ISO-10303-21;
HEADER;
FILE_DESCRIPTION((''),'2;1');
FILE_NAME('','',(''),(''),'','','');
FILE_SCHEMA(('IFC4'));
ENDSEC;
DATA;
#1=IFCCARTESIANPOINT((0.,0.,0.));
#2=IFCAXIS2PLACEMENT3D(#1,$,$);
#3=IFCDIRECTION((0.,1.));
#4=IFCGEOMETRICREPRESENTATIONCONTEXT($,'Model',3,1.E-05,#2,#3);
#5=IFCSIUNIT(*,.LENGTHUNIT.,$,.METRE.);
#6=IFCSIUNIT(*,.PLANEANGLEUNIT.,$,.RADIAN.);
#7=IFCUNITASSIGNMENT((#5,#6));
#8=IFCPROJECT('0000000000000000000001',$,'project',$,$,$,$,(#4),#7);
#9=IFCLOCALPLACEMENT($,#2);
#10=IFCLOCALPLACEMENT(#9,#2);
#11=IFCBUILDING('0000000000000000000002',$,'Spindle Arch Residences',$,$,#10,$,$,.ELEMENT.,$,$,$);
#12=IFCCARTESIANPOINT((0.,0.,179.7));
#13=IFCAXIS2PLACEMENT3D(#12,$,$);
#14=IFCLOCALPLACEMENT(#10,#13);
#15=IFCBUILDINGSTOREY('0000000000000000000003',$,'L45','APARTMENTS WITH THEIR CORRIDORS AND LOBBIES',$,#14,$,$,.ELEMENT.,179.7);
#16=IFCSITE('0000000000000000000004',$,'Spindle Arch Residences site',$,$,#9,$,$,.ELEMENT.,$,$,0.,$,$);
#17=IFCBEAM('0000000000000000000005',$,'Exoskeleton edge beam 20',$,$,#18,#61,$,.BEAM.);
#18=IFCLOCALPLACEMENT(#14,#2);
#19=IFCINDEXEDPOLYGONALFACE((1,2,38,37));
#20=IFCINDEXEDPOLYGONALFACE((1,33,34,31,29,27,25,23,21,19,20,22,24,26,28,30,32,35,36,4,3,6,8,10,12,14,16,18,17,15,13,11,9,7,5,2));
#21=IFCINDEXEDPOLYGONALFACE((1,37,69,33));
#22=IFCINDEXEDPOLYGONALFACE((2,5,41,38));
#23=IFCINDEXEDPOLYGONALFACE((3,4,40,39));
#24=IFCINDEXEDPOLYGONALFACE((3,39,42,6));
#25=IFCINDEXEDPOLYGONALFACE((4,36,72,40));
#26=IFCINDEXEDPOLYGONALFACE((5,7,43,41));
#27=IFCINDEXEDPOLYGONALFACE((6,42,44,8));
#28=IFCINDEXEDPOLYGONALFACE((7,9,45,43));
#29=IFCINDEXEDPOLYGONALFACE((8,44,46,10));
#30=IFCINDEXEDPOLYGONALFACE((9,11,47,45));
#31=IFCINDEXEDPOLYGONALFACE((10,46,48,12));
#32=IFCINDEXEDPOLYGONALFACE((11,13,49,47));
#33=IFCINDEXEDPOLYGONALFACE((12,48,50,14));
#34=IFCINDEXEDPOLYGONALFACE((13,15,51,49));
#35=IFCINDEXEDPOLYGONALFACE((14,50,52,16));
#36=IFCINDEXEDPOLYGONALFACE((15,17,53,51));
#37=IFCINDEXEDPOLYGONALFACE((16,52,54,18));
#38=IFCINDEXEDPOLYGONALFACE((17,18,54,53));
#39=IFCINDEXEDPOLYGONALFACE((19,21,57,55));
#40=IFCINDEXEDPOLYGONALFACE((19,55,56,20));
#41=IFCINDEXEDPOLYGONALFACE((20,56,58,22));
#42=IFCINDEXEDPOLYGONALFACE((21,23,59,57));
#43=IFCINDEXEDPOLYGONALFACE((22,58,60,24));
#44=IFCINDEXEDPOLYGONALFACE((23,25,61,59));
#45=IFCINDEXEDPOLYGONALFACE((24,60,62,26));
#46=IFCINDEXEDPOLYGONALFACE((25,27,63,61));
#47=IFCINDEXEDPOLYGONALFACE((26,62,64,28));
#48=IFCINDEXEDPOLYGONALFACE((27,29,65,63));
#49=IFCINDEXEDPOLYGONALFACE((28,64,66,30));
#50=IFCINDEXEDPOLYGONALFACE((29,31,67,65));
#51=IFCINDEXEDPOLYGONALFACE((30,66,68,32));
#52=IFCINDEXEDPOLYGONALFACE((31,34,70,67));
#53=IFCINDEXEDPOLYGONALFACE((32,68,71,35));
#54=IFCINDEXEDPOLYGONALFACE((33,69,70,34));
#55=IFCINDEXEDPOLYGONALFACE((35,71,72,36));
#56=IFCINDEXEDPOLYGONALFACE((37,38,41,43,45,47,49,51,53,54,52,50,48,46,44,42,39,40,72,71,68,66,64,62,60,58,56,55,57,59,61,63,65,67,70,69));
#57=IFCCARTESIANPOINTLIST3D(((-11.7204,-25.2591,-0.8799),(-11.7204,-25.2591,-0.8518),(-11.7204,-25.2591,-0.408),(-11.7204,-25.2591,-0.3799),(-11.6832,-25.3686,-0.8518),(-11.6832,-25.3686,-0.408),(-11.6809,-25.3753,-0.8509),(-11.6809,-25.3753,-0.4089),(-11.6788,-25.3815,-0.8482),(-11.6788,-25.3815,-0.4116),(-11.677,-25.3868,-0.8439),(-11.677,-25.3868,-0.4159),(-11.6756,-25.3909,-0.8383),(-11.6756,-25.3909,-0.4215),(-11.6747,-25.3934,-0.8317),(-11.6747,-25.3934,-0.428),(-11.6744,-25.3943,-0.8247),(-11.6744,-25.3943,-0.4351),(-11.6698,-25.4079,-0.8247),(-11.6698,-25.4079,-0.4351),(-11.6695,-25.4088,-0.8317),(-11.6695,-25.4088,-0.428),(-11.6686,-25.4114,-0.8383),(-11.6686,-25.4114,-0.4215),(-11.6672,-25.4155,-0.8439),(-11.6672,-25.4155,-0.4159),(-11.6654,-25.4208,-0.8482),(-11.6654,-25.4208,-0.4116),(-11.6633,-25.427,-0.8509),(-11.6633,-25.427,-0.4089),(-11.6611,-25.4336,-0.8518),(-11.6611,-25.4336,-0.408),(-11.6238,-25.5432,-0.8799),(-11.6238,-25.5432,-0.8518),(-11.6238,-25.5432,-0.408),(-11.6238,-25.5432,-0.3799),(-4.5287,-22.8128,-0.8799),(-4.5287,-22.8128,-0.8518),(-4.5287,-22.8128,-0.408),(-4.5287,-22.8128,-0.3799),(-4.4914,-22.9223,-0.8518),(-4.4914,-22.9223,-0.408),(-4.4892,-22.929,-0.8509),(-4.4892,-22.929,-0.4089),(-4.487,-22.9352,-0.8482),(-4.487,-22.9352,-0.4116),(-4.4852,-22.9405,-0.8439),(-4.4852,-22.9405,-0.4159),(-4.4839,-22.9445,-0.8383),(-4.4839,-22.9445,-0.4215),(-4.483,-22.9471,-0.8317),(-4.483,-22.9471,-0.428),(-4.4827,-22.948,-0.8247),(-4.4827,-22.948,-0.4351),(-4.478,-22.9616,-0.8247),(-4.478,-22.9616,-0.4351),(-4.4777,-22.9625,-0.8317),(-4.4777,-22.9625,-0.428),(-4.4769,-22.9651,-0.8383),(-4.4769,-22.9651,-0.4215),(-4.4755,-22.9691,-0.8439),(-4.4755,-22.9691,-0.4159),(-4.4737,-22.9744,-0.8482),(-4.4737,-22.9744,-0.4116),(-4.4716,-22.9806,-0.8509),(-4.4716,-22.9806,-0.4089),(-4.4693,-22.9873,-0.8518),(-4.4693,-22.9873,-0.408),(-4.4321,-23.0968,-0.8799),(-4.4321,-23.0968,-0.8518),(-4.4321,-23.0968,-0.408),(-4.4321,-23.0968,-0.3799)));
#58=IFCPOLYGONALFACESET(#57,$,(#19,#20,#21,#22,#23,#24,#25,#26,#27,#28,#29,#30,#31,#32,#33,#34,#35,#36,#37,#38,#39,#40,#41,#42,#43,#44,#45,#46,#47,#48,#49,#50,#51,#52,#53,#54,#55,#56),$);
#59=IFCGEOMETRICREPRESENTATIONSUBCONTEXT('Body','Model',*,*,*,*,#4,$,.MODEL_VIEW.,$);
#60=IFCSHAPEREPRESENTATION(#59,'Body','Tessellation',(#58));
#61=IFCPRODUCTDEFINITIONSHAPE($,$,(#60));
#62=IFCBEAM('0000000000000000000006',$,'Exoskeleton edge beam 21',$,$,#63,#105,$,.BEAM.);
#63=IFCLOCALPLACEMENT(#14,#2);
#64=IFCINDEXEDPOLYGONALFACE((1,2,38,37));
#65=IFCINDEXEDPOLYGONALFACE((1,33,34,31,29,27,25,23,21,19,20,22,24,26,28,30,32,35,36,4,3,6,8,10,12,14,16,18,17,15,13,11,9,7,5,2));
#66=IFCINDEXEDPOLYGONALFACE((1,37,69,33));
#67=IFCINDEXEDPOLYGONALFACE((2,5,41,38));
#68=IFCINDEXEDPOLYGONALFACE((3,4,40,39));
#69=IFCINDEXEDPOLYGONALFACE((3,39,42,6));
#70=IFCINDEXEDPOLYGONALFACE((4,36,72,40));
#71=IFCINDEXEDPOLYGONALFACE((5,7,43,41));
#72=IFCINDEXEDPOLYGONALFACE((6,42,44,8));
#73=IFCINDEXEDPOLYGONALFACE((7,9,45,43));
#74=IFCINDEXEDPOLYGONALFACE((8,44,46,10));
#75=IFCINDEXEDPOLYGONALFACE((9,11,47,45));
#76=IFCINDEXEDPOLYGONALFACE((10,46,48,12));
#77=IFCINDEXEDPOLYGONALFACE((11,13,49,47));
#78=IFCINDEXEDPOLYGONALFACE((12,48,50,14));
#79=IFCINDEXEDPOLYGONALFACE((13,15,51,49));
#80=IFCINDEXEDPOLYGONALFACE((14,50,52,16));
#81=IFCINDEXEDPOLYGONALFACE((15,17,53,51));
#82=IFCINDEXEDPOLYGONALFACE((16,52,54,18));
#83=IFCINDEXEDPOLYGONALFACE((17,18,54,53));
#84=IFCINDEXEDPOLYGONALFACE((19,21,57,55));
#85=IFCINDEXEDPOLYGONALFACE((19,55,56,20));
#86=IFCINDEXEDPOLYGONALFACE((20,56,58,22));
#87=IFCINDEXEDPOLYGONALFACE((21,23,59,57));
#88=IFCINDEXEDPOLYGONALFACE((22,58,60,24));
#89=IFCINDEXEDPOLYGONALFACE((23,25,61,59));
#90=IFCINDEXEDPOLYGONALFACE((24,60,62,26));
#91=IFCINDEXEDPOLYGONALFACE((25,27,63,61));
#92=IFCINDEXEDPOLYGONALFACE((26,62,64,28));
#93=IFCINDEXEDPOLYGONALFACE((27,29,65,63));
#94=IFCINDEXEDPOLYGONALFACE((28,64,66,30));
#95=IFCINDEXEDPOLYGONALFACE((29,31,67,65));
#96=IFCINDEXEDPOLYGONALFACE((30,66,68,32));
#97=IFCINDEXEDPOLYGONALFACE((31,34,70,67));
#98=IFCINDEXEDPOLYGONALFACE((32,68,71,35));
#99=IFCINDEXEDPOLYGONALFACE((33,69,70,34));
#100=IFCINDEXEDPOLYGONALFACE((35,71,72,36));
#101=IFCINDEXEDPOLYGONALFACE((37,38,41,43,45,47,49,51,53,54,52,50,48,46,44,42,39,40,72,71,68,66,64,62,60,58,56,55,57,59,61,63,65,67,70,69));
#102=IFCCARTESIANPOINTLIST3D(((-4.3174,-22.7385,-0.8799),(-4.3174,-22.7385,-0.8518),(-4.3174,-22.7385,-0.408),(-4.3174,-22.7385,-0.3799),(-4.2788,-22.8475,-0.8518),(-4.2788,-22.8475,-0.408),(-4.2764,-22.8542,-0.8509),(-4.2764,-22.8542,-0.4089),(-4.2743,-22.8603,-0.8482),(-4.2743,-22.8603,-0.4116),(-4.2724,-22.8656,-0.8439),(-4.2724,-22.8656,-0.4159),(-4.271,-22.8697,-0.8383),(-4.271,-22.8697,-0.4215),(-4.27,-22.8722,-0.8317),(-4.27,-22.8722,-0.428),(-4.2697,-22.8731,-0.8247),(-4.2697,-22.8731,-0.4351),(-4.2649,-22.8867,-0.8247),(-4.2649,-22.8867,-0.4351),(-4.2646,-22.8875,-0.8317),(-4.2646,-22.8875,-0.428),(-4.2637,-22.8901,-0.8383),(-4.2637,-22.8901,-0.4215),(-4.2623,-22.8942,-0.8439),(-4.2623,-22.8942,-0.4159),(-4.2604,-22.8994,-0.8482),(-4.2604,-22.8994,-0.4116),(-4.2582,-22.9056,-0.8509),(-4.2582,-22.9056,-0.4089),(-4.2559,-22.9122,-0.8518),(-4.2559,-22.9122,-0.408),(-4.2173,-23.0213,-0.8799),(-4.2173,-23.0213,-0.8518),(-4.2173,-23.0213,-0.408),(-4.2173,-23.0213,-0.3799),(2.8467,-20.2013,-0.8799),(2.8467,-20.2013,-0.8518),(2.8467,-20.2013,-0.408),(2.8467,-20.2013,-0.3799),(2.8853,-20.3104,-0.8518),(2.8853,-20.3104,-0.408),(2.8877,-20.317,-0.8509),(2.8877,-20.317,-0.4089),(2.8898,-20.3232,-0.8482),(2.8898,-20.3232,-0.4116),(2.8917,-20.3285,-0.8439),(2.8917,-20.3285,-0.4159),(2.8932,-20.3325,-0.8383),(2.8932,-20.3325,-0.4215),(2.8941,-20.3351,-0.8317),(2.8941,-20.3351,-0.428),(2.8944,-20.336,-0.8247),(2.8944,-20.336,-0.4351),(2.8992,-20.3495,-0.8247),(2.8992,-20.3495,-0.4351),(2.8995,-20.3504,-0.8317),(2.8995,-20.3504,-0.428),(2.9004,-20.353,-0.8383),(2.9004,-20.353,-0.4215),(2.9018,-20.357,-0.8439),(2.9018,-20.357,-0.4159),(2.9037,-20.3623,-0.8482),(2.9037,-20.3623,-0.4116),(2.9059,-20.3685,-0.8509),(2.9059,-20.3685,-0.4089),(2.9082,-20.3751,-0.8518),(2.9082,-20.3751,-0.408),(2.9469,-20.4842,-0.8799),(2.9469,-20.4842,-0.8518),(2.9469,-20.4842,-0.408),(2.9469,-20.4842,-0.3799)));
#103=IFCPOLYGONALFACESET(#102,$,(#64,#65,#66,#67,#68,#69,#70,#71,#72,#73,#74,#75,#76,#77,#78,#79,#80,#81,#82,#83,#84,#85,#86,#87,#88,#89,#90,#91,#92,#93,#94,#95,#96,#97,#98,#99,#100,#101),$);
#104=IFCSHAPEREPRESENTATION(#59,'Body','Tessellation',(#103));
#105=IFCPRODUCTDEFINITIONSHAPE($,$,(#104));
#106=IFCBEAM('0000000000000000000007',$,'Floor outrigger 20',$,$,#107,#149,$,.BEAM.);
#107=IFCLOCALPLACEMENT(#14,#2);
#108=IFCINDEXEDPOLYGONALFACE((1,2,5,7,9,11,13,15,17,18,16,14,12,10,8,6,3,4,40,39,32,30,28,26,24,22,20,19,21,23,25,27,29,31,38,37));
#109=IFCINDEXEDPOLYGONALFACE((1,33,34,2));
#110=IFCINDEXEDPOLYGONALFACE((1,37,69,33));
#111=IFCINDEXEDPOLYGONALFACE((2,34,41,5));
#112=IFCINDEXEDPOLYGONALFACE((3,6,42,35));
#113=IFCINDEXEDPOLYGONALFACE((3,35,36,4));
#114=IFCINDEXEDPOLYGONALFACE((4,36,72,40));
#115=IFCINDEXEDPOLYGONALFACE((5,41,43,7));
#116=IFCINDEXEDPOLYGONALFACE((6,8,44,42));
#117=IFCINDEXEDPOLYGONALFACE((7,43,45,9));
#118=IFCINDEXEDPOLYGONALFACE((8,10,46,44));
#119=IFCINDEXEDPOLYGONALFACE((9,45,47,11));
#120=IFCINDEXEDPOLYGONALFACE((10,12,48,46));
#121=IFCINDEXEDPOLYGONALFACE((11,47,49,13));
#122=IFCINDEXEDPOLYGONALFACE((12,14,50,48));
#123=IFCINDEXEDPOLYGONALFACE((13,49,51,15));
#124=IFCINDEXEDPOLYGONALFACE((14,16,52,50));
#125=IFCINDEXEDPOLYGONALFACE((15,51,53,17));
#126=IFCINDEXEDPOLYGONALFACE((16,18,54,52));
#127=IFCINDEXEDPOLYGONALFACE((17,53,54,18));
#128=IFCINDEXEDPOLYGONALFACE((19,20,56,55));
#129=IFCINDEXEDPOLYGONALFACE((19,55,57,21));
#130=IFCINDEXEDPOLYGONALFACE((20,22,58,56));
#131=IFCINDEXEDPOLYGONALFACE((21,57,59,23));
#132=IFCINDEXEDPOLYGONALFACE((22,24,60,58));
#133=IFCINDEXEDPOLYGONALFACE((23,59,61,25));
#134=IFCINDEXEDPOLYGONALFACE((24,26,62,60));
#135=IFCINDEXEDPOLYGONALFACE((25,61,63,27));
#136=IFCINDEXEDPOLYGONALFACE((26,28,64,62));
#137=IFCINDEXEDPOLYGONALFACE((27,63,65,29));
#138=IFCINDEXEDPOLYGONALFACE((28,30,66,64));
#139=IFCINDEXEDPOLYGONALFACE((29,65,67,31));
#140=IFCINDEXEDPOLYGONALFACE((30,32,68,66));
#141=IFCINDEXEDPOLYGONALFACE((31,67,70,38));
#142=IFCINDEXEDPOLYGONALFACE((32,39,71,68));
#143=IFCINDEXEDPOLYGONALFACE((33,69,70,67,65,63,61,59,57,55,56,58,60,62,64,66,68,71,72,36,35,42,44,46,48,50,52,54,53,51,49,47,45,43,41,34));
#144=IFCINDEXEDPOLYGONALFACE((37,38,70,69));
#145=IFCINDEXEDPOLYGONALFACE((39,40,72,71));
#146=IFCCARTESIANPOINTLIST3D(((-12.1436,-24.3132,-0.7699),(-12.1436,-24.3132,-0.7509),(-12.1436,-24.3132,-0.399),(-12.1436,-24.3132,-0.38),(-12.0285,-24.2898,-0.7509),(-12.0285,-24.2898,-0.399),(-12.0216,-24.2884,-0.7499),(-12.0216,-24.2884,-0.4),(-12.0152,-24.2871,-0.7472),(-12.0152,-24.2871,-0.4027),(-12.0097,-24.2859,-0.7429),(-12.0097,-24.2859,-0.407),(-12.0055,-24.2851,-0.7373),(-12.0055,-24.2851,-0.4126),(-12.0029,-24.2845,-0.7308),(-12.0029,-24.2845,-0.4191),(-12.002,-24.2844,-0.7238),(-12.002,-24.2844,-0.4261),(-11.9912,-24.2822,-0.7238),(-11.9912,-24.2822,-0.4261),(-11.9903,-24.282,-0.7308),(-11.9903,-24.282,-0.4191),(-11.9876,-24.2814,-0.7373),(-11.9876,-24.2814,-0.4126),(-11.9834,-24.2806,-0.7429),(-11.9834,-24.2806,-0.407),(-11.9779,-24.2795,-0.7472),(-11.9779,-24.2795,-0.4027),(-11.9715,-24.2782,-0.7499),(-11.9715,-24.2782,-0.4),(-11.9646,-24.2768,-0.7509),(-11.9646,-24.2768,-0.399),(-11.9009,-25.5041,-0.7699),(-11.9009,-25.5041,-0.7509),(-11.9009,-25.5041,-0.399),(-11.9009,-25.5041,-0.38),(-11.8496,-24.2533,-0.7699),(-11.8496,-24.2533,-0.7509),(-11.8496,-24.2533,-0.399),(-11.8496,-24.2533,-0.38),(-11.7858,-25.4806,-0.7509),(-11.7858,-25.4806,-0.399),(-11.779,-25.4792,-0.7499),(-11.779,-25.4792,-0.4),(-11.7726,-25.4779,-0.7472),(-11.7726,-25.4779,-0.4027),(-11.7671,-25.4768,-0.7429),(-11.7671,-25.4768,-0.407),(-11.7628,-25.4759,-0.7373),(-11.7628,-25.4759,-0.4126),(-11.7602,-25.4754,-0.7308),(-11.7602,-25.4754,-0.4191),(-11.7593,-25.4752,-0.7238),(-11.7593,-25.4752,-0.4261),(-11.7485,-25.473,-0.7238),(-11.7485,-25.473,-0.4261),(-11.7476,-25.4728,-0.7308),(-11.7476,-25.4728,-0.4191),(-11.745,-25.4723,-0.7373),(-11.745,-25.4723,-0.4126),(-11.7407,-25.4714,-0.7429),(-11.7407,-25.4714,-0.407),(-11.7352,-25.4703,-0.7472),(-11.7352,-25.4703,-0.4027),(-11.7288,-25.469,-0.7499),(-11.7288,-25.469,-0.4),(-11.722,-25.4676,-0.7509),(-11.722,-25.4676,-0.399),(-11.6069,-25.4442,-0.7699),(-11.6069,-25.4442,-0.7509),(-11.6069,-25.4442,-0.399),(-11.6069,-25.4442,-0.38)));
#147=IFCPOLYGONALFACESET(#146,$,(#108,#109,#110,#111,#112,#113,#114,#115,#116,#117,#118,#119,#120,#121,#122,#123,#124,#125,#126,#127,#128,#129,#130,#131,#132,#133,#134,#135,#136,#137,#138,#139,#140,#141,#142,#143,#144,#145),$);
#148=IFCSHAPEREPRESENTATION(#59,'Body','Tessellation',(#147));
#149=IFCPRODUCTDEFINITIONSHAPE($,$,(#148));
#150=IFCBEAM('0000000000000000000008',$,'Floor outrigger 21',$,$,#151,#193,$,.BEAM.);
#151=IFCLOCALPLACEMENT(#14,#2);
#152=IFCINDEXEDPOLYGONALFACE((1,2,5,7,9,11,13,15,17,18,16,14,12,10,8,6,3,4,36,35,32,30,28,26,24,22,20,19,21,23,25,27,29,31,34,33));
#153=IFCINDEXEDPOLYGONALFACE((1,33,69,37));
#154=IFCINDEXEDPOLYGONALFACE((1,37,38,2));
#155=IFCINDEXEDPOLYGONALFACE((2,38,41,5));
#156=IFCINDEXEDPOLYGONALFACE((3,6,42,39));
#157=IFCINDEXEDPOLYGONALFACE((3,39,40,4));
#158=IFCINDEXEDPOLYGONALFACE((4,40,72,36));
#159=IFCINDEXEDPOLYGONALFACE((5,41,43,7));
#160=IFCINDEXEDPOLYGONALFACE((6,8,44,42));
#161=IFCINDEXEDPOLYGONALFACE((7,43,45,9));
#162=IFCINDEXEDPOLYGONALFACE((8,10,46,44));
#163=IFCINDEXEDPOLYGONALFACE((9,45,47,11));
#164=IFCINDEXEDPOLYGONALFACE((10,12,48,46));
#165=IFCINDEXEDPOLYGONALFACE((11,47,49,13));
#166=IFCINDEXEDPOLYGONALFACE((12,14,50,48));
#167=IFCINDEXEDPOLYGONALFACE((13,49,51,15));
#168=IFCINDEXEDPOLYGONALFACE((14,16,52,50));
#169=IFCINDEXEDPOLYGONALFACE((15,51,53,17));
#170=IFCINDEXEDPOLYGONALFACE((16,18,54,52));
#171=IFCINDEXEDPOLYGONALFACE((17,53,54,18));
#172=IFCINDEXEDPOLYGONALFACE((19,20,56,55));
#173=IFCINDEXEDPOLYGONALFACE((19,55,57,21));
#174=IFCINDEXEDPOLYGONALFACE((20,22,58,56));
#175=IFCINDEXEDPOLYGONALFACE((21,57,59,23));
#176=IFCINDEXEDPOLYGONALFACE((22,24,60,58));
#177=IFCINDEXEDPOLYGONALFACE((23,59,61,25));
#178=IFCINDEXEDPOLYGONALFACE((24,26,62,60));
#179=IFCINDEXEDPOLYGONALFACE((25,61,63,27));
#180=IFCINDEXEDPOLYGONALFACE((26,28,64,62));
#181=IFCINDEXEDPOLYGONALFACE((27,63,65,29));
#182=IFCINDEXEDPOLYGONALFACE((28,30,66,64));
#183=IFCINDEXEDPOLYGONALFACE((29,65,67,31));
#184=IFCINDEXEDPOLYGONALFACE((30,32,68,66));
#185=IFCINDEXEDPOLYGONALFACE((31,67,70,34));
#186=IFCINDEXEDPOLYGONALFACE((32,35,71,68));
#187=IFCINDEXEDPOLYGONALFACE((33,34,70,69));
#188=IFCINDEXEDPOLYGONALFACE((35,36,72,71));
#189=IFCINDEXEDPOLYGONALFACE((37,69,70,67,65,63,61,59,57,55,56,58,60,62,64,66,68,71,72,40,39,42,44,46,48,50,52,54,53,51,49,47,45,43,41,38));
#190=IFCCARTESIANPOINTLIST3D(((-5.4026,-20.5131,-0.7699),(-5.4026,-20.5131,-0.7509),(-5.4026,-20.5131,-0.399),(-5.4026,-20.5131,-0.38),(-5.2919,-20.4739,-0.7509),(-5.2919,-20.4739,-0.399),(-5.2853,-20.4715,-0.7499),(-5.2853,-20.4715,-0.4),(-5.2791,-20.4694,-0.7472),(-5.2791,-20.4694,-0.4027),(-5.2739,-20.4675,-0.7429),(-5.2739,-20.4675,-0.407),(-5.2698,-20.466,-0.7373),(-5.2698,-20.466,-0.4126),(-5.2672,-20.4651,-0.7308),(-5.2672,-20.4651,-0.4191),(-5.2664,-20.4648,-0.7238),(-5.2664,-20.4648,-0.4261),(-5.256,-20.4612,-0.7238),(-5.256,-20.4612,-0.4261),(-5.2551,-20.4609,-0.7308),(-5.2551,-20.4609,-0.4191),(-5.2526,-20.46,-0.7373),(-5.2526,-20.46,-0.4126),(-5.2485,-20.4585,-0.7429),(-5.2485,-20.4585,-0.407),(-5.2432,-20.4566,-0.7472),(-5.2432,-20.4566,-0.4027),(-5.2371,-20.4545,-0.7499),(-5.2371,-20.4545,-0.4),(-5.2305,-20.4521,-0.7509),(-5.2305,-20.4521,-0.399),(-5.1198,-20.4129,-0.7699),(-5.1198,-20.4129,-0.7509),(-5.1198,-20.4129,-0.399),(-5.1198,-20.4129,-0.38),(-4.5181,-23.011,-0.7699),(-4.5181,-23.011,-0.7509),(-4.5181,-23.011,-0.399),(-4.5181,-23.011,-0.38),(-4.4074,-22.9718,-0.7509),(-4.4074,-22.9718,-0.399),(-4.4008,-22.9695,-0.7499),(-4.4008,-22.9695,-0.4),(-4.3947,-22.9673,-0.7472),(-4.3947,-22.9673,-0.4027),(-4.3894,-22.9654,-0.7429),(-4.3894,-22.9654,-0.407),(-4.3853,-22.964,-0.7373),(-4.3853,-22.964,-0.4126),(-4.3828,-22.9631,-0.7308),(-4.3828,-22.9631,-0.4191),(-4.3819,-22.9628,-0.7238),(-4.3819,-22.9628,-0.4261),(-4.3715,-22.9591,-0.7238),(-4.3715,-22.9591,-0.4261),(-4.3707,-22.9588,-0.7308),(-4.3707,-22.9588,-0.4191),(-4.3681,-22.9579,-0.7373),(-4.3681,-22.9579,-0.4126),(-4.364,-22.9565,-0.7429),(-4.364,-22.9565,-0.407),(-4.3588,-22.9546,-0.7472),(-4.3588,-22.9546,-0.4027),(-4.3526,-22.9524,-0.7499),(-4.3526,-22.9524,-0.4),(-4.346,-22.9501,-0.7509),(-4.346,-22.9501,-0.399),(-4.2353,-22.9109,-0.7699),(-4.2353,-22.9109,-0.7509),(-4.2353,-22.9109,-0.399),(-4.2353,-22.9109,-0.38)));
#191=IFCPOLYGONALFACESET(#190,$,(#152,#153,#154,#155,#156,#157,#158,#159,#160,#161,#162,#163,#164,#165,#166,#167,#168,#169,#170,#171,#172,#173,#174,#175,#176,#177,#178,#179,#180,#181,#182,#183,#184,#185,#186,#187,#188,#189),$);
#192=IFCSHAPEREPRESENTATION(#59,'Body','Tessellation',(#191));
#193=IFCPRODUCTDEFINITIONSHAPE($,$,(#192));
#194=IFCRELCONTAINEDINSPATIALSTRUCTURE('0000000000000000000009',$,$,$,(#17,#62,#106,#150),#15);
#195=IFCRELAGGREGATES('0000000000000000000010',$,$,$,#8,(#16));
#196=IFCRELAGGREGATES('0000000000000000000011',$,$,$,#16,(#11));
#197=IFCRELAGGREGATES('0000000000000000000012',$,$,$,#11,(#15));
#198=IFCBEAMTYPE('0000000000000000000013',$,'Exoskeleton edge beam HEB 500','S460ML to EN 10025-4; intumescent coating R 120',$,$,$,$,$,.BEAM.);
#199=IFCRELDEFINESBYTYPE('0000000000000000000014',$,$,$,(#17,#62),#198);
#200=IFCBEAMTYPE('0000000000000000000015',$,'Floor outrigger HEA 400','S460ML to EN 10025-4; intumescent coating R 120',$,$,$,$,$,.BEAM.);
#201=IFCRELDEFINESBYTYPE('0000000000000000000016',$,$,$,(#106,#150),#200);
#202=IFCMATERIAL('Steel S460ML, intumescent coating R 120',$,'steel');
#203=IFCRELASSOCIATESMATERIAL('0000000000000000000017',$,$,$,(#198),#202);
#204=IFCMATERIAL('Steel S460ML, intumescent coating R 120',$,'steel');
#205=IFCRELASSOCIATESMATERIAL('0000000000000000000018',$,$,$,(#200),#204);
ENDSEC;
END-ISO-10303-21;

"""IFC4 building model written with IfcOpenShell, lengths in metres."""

from ifc_helpers import new_model, si_unit, direction, frame, origin, origin_2d, place, context, subcontext, project, spatial, i_section, extrude, material, material_profile, profile_set, type_object, element, save


model = new_model("IFC4")

# Units and contexts
model_context = context("Model", 3, precision=1e-05, world=origin(), true_north=direction((0.0, 1.0)))
body_context = subcontext(model_context, "Body", "Model", "MODEL_VIEW")
ifc_project = project(units=[si_unit("LENGTHUNIT", "METRE"), si_unit("PLANEANGLEUNIT", "RADIAN")], contexts=[model_context])

# Site, building, storey
site_placement = place(None, origin())
site = spatial("IfcSite", under=ifc_project, at=site_placement, Name="Spindle Arch Residences site", CompositionType="ELEMENT", RefElevation=0.0)
building_placement = place(site_placement, origin())
building = spatial("IfcBuilding", under=site, at=building_placement, Name="Spindle Arch Residences", CompositionType="ELEMENT")
storey_placement = place(building_placement, frame((0.0, 0.0, 179.7)))
storey = spatial("IfcBuildingStorey", under=building, at=storey_placement, Name="L45", Description="APARTMENTS WITH THEIR CORRIDORS AND LOBBIES", CompositionType="ELEMENT", Elevation=179.7)

# Beams
ifc_material_1 = material(Name="Steel S460ML, intumescent coating R 120", Category="steel")
ifc_material_profile_1 = material_profile(ifc_material_1, i_section(OverallWidth=0.3, OverallDepth=0.5, WebThickness=0.0144, FlangeThickness=0.0281, FilletRadius=0.0271, at=origin_2d()), Name="HEB 500")
ifc_profile_set_1 = profile_set([ifc_material_profile_1], Name="Steel S460ML, intumescent coating R 120")
beam_type_1 = type_object("IfcBeamType", Name="Exoskeleton edge beam HEB 500", Description="S460ML to EN 10025-4; intumescent coating R 120", PredefinedType="BEAM", material=ifc_profile_set_1)
beam_1_placement = place(storey_placement, frame((-11.6721, -25.4011, -0.6299), z_axis=(0.946727, 0.322036, 0.0), x_axis=(-0.322036, 0.946727, 0.0)))
element("IfcBeam", 1, at=beam_1_placement, inside=storey, type_object=beam_type_1, Name="Exoskeleton edge beam 20", PredefinedType="BEAM", context=body_context, shape_type="SweptSolid", body=[
    extrude(i_section(OverallWidth=0.3, OverallDepth=0.5, WebThickness=0.0144, FlangeThickness=0.0281, FilletRadius=0.0271, at=origin_2d()), origin(), (0.0, 0.0, 1.0), 7.5964),
])
beam_2_placement = place(storey_placement, frame((-4.2673, -22.8799, -0.6299), z_axis=(0.942634, 0.333828, 0.0), x_axis=(-0.333828, 0.942634, 0.0)))
element("IfcBeam", 2, at=beam_2_placement, inside=storey, type_object=beam_type_1, Name="Exoskeleton edge beam 21", PredefinedType="BEAM", context=body_context, shape_type="SweptSolid", body=[
    extrude(i_section(OverallWidth=0.3, OverallDepth=0.5, WebThickness=0.0144, FlangeThickness=0.0281, FilletRadius=0.0271, at=origin_2d()), origin(), (0.0, 0.0, 1.0), 7.6001),
])
ifc_material_2 = material(Name="Steel S460ML, intumescent coating R 120", Category="steel")
ifc_material_profile_2 = material_profile(ifc_material_2, i_section(OverallWidth=0.3, OverallDepth=0.3899, WebThickness=0.011, FlangeThickness=0.019, FilletRadius=0.0271, at=origin_2d()), Name="HEA 400")
ifc_profile_set_2 = profile_set([ifc_material_profile_2], Name="Steel S460ML, intumescent coating R 120")
beam_type_2 = type_object("IfcBeamType", Name="Floor outrigger HEA 400", Description="S460ML to EN 10025-4; intumescent coating R 120", PredefinedType="BEAM", material=ifc_profile_set_2)
beam_3_placement = place(storey_placement, frame((-11.7539, -25.4741, -0.575), z_axis=(-0.199669, 0.979863, 0.0), x_axis=(-0.979863, -0.199669, 0.0)))
element("IfcBeam", 3, at=beam_3_placement, inside=storey, type_object=beam_type_2, Name="Floor outrigger 20", PredefinedType="BEAM", context=body_context, shape_type="SweptSolid", body=[
    extrude(i_section(OverallWidth=0.3, OverallDepth=0.3899, WebThickness=0.011, FlangeThickness=0.019, FilletRadius=0.0271, at=origin_2d()), origin(), (0.0, 0.0, 1.0), 1.2153),
])
beam_4_placement = place(storey_placement, frame((-4.3767, -22.9609, -0.575), z_axis=(-0.333779, 0.942651, 0.0), x_axis=(-0.942651, -0.333779, 0.0)))
element("IfcBeam", 4, at=beam_4_placement, inside=storey, type_object=beam_type_2, Name="Floor outrigger 21", PredefinedType="BEAM", context=body_context, shape_type="SweptSolid", body=[
    extrude(i_section(OverallWidth=0.3, OverallDepth=0.3899, WebThickness=0.011, FlangeThickness=0.019, FilletRadius=0.0271, at=origin_2d()), origin(), (0.0, 0.0, 1.0), 2.6499),
])

save(model, "model.ifc")
